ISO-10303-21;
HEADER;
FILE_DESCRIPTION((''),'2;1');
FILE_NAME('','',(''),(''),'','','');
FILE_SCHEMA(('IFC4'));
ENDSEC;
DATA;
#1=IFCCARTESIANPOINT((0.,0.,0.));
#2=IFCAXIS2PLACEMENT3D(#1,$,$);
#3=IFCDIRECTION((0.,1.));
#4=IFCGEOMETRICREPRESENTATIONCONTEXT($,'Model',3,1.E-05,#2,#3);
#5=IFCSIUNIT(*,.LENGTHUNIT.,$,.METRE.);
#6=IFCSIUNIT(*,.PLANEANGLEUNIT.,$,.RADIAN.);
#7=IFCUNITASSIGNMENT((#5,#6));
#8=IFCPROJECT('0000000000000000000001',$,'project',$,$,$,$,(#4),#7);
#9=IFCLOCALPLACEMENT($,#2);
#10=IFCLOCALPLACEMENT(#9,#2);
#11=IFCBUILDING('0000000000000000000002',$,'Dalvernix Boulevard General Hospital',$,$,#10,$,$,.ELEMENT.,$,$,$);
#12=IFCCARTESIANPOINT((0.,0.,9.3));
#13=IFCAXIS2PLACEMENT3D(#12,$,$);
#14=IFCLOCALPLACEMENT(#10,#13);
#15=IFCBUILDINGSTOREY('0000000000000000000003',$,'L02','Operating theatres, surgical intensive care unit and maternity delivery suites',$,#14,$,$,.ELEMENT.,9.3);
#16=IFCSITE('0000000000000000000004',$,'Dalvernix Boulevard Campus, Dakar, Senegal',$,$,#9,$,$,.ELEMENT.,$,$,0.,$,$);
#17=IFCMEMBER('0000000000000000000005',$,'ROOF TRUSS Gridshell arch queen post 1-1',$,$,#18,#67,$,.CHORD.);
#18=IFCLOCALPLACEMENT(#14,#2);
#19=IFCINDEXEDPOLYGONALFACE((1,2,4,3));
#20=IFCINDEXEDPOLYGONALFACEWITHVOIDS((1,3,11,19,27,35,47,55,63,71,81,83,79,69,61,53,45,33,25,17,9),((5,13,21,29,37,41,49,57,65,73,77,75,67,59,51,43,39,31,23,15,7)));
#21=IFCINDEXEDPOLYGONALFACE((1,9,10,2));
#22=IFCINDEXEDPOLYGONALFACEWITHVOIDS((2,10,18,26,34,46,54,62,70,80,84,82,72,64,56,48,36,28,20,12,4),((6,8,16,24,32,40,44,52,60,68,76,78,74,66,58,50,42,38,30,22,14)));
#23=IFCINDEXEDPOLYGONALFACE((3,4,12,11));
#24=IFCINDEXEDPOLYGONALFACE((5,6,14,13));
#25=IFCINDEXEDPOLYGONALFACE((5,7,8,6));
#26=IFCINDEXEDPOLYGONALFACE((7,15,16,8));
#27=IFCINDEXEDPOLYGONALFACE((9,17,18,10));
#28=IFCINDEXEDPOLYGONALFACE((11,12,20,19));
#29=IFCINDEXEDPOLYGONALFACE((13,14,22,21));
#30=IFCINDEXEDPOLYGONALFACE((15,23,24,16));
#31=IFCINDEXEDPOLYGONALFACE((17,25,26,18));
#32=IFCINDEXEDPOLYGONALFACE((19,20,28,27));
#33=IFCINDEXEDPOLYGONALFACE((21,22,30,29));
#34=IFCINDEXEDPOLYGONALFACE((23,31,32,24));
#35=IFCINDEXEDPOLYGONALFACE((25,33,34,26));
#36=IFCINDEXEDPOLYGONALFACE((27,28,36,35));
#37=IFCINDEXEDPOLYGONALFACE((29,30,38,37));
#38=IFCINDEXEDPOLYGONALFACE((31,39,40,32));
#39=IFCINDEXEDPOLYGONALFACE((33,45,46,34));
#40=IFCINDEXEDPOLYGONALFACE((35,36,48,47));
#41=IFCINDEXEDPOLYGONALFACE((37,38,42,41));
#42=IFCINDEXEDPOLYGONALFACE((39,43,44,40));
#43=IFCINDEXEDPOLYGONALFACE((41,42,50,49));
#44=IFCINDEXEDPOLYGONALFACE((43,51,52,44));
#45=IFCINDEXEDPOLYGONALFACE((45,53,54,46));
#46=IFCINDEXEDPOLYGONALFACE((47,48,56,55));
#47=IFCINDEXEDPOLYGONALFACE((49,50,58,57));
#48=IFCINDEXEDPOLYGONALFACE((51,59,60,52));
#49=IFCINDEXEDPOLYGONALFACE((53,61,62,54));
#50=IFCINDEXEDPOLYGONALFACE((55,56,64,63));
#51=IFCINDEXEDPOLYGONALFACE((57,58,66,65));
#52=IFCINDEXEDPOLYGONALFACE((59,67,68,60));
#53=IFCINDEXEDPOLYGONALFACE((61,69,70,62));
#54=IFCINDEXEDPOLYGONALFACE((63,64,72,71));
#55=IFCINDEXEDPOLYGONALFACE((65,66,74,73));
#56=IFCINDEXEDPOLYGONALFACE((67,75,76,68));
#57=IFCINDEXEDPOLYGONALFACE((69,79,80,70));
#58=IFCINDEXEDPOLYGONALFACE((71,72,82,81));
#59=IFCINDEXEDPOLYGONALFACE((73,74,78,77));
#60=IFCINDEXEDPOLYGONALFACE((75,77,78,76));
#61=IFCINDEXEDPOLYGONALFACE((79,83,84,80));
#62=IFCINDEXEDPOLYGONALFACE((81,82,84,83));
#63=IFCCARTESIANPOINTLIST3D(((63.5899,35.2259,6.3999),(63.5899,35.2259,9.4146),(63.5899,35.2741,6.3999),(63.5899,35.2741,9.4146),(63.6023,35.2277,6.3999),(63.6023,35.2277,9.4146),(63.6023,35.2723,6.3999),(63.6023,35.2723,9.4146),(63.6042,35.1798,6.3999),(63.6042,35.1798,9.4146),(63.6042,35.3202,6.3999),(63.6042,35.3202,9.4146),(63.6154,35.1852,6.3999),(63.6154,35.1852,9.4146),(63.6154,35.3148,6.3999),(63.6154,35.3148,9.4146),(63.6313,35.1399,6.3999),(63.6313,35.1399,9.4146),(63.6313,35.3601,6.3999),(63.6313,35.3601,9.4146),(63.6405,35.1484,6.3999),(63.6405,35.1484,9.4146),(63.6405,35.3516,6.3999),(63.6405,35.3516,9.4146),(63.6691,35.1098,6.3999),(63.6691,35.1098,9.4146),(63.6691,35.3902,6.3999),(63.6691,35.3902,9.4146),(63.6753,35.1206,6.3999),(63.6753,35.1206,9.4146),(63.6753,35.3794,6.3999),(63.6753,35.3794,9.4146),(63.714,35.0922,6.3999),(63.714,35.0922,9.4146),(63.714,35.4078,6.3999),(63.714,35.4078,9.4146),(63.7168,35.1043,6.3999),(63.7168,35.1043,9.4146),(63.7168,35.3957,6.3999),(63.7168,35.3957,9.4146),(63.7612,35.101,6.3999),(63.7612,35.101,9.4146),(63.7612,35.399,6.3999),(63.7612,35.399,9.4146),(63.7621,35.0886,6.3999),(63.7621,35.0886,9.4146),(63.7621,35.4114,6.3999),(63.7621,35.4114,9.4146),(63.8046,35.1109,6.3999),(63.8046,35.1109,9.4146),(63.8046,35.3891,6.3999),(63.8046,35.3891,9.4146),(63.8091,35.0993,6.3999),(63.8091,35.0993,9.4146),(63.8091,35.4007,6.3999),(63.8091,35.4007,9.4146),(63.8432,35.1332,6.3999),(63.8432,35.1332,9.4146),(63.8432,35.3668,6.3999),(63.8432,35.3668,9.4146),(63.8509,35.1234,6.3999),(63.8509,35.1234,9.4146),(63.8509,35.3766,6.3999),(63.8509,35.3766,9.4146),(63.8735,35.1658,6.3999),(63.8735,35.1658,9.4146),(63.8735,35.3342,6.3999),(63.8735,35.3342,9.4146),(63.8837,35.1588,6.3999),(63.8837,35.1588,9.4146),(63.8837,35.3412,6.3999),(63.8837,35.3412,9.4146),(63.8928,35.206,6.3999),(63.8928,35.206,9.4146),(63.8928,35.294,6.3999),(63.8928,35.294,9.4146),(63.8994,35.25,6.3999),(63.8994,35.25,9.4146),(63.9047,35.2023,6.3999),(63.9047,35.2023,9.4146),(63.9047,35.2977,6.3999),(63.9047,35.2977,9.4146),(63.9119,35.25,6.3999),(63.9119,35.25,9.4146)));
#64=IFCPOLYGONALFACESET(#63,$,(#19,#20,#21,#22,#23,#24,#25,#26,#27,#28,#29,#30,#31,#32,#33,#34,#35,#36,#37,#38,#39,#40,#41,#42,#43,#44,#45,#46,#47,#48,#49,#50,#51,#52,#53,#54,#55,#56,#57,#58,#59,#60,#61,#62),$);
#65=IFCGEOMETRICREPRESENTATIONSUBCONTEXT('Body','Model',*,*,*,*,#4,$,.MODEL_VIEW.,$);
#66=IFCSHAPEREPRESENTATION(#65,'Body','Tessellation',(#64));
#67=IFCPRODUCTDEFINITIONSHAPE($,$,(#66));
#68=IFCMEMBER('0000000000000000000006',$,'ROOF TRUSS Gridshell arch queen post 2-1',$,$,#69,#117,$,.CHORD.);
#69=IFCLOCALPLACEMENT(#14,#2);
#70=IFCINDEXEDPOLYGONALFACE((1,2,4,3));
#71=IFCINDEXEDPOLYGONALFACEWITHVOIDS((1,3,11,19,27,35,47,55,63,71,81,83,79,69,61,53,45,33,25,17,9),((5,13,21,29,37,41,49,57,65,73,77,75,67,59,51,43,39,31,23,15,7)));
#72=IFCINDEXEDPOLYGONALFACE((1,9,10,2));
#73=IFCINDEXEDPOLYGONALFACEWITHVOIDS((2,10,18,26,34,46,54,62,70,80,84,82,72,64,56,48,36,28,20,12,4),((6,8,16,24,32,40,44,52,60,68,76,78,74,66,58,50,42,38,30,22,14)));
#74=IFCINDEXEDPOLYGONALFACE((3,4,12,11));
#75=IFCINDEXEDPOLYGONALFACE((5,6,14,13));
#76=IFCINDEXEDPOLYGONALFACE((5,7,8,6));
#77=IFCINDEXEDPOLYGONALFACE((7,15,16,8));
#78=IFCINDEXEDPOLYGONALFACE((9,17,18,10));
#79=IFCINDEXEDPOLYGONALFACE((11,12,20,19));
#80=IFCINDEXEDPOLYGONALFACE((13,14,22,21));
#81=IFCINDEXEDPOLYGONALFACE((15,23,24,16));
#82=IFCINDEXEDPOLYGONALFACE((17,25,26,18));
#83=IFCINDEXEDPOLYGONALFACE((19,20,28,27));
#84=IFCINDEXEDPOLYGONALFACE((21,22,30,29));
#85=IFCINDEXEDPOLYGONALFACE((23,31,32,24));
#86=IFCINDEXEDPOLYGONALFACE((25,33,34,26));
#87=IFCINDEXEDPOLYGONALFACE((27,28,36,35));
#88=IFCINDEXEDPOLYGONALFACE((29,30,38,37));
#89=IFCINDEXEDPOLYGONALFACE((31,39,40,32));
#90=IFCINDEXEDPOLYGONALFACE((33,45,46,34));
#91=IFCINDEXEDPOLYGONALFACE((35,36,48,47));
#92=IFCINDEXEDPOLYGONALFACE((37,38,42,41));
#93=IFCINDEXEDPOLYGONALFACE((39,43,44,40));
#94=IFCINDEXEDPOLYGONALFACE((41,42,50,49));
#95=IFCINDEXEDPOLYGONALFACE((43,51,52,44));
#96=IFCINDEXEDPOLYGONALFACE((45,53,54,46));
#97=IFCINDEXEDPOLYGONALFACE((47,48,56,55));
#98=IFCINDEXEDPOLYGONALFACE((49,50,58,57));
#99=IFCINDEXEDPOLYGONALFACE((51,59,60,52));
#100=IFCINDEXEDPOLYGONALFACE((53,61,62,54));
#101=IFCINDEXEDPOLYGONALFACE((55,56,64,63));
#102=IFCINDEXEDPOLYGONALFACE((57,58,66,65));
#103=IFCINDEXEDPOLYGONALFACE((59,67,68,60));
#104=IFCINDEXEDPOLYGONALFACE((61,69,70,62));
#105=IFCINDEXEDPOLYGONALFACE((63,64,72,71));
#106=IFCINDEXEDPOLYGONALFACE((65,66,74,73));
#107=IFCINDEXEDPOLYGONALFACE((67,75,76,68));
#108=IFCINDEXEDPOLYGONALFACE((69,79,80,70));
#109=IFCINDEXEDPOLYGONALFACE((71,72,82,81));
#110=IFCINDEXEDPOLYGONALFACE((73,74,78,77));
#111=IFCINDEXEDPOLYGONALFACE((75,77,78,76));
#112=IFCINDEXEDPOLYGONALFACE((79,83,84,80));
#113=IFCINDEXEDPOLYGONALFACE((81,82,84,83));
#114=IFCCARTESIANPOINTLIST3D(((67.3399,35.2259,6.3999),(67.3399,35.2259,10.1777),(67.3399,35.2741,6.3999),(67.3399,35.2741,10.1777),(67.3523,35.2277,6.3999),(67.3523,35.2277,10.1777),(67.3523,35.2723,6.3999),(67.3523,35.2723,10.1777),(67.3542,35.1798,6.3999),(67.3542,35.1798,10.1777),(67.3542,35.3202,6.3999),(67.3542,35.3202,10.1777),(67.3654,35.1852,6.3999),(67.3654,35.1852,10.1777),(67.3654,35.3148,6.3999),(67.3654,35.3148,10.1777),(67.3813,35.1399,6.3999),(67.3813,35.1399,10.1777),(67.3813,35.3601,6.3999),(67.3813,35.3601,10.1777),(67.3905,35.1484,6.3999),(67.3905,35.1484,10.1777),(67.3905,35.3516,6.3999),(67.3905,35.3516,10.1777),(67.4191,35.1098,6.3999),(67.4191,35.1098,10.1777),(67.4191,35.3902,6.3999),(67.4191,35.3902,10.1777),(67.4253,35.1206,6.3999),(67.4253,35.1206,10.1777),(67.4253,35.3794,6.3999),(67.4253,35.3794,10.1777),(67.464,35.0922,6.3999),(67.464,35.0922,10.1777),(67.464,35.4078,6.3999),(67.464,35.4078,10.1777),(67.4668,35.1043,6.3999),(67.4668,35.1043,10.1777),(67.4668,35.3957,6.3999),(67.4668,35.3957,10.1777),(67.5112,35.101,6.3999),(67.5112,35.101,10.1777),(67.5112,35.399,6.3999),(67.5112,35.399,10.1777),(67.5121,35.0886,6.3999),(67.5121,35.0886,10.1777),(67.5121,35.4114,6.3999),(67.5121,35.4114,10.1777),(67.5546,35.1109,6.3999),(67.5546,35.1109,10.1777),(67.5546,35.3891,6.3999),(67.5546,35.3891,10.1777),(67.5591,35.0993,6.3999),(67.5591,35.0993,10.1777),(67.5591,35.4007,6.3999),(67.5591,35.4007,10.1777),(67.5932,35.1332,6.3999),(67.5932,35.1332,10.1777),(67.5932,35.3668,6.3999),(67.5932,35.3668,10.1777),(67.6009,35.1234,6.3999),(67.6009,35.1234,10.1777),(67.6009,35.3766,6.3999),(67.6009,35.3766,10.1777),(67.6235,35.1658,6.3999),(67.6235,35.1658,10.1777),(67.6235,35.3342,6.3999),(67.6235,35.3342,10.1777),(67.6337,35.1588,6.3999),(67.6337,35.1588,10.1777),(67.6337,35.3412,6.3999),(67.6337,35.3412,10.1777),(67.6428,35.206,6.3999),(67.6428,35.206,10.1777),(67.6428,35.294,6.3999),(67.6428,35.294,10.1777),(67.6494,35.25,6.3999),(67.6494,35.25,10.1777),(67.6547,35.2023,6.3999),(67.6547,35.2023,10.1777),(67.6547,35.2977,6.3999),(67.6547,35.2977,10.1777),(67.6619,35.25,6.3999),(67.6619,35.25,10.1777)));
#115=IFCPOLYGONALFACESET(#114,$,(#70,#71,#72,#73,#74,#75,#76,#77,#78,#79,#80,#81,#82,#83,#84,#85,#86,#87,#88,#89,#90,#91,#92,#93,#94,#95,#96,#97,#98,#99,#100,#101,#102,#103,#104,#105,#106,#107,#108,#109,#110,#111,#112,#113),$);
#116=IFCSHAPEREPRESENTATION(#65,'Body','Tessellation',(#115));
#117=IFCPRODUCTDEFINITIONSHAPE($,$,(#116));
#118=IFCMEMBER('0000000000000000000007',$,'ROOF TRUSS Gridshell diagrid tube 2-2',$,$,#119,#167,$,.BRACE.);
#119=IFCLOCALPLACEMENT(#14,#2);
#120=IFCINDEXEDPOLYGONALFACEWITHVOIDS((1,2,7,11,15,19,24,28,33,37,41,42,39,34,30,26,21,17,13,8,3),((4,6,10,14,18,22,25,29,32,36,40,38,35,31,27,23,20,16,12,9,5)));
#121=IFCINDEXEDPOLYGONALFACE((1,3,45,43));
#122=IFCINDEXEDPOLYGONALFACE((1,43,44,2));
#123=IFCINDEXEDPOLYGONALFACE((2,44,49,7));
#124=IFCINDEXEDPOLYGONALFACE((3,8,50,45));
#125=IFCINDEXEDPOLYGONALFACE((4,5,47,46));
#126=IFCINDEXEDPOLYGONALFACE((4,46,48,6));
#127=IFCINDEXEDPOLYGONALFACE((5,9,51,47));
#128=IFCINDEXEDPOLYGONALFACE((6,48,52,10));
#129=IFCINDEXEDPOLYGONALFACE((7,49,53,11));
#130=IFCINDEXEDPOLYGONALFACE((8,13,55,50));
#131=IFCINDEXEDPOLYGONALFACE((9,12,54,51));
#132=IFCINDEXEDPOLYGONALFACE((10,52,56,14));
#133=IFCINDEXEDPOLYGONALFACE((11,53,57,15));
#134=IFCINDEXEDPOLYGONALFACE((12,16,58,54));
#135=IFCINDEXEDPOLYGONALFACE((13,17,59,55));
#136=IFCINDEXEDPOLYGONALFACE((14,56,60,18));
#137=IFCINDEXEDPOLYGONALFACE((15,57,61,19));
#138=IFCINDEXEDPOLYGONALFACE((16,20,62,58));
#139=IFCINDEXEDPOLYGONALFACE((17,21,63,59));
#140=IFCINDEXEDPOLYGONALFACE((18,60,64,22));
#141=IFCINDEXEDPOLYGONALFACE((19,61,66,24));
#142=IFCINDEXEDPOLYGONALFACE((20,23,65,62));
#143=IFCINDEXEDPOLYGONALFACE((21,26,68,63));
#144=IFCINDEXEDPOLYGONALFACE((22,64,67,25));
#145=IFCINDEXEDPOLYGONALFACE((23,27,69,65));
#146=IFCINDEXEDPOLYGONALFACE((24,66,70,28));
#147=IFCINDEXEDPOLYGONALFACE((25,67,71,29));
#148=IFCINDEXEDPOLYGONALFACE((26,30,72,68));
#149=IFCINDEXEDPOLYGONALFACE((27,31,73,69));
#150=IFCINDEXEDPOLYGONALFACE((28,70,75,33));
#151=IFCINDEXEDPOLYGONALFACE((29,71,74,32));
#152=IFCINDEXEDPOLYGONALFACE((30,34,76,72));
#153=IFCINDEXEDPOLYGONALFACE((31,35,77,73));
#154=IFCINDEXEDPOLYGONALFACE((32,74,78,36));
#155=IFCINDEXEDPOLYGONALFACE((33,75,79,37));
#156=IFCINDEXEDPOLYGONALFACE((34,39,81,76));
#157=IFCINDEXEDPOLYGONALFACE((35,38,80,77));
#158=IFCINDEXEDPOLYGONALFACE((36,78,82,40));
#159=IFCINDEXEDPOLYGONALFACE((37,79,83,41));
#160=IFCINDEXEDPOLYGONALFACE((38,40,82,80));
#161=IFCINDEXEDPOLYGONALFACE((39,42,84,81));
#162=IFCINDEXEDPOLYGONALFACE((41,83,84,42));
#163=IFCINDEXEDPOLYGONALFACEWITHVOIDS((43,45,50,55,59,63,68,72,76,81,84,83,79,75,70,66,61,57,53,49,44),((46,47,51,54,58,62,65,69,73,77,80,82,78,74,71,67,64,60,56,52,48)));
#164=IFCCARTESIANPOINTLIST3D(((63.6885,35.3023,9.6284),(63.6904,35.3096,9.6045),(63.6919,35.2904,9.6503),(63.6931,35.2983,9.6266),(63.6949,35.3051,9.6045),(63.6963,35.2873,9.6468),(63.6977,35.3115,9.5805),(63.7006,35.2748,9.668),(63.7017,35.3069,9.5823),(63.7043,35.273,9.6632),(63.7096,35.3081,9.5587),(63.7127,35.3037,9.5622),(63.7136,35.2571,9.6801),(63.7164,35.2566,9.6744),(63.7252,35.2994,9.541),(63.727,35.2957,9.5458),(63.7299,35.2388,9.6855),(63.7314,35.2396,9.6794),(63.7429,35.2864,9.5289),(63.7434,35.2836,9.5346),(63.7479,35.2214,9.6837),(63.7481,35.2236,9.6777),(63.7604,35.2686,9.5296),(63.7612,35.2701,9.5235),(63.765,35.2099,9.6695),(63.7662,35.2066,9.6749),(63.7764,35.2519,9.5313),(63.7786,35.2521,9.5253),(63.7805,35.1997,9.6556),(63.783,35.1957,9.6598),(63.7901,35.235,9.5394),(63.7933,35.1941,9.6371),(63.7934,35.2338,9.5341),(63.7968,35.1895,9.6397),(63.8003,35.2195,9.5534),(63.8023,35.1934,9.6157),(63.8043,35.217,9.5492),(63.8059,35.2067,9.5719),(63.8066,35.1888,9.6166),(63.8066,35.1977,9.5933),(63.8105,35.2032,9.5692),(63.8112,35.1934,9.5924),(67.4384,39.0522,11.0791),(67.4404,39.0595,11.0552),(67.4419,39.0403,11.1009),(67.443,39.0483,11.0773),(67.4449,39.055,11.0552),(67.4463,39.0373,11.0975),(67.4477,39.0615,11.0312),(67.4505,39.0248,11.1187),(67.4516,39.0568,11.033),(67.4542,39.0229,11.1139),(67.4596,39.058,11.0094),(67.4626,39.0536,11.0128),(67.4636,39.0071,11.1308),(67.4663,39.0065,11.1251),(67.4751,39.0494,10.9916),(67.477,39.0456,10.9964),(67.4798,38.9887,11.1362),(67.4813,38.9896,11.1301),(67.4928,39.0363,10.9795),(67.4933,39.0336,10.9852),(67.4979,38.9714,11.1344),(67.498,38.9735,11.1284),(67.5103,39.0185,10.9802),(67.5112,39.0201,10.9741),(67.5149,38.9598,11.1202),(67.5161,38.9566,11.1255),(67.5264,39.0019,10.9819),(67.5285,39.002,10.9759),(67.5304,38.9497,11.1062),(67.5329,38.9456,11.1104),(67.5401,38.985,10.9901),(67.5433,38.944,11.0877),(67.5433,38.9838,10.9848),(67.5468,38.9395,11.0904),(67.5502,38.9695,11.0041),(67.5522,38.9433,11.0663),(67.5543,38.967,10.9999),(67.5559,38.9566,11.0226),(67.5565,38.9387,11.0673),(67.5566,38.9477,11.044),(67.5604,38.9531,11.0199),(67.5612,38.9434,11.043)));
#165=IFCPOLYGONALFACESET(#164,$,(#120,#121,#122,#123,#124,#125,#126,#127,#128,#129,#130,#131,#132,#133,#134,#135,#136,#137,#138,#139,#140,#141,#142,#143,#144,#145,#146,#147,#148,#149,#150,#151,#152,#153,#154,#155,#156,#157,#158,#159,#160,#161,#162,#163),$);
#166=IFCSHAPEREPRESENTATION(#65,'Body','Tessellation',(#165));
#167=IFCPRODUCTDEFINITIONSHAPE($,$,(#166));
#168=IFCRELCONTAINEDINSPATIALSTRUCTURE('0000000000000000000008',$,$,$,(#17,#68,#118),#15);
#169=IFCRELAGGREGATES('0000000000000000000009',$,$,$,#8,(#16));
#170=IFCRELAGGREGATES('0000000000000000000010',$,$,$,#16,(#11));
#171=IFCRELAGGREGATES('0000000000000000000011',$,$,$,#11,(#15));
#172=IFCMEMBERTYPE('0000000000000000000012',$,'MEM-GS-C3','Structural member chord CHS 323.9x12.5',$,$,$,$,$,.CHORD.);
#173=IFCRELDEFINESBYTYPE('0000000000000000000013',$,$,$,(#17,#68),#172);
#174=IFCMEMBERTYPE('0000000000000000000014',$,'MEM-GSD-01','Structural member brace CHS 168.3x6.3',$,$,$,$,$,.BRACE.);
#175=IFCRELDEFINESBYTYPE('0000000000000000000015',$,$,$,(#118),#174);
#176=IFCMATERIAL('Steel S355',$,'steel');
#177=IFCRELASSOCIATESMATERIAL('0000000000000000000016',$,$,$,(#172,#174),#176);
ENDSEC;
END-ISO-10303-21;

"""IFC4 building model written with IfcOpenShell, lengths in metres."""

from ifc_helpers import new_model, si_unit, direction, frame, origin, origin_2d, place, context, subcontext, project, spatial, hollow_circle, extrude, material, material_profile, profile_set, type_object, element, save


model = new_model("IFC4")

# Units and contexts
model_context = context("Model", 3, precision=1e-05, world=origin(), true_north=direction((0.0, 1.0)))
body_context = subcontext(model_context, "Body", "Model", "MODEL_VIEW")
ifc_project = project(units=[si_unit("LENGTHUNIT", "METRE"), si_unit("PLANEANGLEUNIT", "RADIAN")], contexts=[model_context])

# Site, building, storey
site_placement = place(None, origin())
site = spatial("IfcSite", under=ifc_project, at=site_placement, Name="Dalvernix Boulevard Campus, Dakar, Senegal", CompositionType="ELEMENT", RefElevation=0.0)
building_placement = place(site_placement, origin())
building = spatial("IfcBuilding", under=site, at=building_placement, Name="Dalvernix Boulevard General Hospital", CompositionType="ELEMENT")
storey_placement = place(building_placement, frame((0.0, 0.0, 9.3)))
storey = spatial("IfcBuildingStorey", under=building, at=storey_placement, Name="L02", Description="Operating theatres, surgical intensive care unit and maternity delivery suites", CompositionType="ELEMENT", Elevation=9.3)

# Shared definitions
ifc_material_1 = material(Name="Steel S355", Category="steel")

# Members
ifc_material_profile_1 = material_profile(ifc_material_1, hollow_circle(Radius=0.1619, WallThickness=0.0125, at=origin_2d()), Name="CHS 323.9x12.5")
ifc_profile_set_1 = profile_set([ifc_material_profile_1], Name="Steel S355")
member_type_1 = type_object("IfcMemberType", Name="MEM-GS-C3", Description="Structural member chord CHS 323.9x12.5", PredefinedType="CHORD", material=ifc_profile_set_1)
member_1_placement = place(storey_placement, frame((63.75, 35.25, 6.3999), z_axis=(0.0, 0.0, 1.0), x_axis=(1.0, 0.0, 0.0)))
element("IfcMember", 1, at=member_1_placement, inside=storey, type_object=member_type_1, Name="ROOF TRUSS Gridshell arch queen post 1-1", PredefinedType="CHORD", context=body_context, shape_type="SweptSolid", body=[
    extrude(hollow_circle(Radius=0.1619, WallThickness=0.0125, at=origin_2d()), origin(), (0.0, 0.0, 1.0), 3.0146),
])
member_2_placement = place(storey_placement, frame((67.5, 35.25, 6.3999), z_axis=(0.0, 0.0, 1.0), x_axis=(1.0, 0.0, 0.0)))
element("IfcMember", 2, at=member_2_placement, inside=storey, type_object=member_type_1, Name="ROOF TRUSS Gridshell arch queen post 2-1", PredefinedType="CHORD", context=body_context, shape_type="SweptSolid", body=[
    extrude(hollow_circle(Radius=0.1619, WallThickness=0.0125, at=origin_2d()), origin(), (0.0, 0.0, 1.0), 3.7778),
])
ifc_material_profile_2 = material_profile(ifc_material_1, hollow_circle(Radius=0.0842, WallThickness=0.0063, at=origin_2d()), Name="CHS 168.3x6.3")
ifc_profile_set_2 = profile_set([ifc_material_profile_2], Name="Steel S355")
member_type_2 = type_object("IfcMemberType", Name="MEM-GSD-01", Description="Structural member brace CHS 168.3x6.3", PredefinedType="BRACE", material=ifc_profile_set_2)
member_3_placement = place(storey_placement, frame((63.75, 35.25, 9.6045), z_axis=(0.68205, 0.68205, 0.26385), x_axis=(-0.707107, 0.707107, 0.0)))
element("IfcMember", 3, at=member_3_placement, inside=storey, type_object=member_type_2, Name="ROOF TRUSS Gridshell diagrid tube 2-2", PredefinedType="BRACE", context=body_context, shape_type="SweptSolid", body=[
    extrude(hollow_circle(Radius=0.0842, WallThickness=0.0063, at=origin_2d()), origin(), (0.0, 0.0, 1.0), 5.498),
])

save(model, "model.ifc")
